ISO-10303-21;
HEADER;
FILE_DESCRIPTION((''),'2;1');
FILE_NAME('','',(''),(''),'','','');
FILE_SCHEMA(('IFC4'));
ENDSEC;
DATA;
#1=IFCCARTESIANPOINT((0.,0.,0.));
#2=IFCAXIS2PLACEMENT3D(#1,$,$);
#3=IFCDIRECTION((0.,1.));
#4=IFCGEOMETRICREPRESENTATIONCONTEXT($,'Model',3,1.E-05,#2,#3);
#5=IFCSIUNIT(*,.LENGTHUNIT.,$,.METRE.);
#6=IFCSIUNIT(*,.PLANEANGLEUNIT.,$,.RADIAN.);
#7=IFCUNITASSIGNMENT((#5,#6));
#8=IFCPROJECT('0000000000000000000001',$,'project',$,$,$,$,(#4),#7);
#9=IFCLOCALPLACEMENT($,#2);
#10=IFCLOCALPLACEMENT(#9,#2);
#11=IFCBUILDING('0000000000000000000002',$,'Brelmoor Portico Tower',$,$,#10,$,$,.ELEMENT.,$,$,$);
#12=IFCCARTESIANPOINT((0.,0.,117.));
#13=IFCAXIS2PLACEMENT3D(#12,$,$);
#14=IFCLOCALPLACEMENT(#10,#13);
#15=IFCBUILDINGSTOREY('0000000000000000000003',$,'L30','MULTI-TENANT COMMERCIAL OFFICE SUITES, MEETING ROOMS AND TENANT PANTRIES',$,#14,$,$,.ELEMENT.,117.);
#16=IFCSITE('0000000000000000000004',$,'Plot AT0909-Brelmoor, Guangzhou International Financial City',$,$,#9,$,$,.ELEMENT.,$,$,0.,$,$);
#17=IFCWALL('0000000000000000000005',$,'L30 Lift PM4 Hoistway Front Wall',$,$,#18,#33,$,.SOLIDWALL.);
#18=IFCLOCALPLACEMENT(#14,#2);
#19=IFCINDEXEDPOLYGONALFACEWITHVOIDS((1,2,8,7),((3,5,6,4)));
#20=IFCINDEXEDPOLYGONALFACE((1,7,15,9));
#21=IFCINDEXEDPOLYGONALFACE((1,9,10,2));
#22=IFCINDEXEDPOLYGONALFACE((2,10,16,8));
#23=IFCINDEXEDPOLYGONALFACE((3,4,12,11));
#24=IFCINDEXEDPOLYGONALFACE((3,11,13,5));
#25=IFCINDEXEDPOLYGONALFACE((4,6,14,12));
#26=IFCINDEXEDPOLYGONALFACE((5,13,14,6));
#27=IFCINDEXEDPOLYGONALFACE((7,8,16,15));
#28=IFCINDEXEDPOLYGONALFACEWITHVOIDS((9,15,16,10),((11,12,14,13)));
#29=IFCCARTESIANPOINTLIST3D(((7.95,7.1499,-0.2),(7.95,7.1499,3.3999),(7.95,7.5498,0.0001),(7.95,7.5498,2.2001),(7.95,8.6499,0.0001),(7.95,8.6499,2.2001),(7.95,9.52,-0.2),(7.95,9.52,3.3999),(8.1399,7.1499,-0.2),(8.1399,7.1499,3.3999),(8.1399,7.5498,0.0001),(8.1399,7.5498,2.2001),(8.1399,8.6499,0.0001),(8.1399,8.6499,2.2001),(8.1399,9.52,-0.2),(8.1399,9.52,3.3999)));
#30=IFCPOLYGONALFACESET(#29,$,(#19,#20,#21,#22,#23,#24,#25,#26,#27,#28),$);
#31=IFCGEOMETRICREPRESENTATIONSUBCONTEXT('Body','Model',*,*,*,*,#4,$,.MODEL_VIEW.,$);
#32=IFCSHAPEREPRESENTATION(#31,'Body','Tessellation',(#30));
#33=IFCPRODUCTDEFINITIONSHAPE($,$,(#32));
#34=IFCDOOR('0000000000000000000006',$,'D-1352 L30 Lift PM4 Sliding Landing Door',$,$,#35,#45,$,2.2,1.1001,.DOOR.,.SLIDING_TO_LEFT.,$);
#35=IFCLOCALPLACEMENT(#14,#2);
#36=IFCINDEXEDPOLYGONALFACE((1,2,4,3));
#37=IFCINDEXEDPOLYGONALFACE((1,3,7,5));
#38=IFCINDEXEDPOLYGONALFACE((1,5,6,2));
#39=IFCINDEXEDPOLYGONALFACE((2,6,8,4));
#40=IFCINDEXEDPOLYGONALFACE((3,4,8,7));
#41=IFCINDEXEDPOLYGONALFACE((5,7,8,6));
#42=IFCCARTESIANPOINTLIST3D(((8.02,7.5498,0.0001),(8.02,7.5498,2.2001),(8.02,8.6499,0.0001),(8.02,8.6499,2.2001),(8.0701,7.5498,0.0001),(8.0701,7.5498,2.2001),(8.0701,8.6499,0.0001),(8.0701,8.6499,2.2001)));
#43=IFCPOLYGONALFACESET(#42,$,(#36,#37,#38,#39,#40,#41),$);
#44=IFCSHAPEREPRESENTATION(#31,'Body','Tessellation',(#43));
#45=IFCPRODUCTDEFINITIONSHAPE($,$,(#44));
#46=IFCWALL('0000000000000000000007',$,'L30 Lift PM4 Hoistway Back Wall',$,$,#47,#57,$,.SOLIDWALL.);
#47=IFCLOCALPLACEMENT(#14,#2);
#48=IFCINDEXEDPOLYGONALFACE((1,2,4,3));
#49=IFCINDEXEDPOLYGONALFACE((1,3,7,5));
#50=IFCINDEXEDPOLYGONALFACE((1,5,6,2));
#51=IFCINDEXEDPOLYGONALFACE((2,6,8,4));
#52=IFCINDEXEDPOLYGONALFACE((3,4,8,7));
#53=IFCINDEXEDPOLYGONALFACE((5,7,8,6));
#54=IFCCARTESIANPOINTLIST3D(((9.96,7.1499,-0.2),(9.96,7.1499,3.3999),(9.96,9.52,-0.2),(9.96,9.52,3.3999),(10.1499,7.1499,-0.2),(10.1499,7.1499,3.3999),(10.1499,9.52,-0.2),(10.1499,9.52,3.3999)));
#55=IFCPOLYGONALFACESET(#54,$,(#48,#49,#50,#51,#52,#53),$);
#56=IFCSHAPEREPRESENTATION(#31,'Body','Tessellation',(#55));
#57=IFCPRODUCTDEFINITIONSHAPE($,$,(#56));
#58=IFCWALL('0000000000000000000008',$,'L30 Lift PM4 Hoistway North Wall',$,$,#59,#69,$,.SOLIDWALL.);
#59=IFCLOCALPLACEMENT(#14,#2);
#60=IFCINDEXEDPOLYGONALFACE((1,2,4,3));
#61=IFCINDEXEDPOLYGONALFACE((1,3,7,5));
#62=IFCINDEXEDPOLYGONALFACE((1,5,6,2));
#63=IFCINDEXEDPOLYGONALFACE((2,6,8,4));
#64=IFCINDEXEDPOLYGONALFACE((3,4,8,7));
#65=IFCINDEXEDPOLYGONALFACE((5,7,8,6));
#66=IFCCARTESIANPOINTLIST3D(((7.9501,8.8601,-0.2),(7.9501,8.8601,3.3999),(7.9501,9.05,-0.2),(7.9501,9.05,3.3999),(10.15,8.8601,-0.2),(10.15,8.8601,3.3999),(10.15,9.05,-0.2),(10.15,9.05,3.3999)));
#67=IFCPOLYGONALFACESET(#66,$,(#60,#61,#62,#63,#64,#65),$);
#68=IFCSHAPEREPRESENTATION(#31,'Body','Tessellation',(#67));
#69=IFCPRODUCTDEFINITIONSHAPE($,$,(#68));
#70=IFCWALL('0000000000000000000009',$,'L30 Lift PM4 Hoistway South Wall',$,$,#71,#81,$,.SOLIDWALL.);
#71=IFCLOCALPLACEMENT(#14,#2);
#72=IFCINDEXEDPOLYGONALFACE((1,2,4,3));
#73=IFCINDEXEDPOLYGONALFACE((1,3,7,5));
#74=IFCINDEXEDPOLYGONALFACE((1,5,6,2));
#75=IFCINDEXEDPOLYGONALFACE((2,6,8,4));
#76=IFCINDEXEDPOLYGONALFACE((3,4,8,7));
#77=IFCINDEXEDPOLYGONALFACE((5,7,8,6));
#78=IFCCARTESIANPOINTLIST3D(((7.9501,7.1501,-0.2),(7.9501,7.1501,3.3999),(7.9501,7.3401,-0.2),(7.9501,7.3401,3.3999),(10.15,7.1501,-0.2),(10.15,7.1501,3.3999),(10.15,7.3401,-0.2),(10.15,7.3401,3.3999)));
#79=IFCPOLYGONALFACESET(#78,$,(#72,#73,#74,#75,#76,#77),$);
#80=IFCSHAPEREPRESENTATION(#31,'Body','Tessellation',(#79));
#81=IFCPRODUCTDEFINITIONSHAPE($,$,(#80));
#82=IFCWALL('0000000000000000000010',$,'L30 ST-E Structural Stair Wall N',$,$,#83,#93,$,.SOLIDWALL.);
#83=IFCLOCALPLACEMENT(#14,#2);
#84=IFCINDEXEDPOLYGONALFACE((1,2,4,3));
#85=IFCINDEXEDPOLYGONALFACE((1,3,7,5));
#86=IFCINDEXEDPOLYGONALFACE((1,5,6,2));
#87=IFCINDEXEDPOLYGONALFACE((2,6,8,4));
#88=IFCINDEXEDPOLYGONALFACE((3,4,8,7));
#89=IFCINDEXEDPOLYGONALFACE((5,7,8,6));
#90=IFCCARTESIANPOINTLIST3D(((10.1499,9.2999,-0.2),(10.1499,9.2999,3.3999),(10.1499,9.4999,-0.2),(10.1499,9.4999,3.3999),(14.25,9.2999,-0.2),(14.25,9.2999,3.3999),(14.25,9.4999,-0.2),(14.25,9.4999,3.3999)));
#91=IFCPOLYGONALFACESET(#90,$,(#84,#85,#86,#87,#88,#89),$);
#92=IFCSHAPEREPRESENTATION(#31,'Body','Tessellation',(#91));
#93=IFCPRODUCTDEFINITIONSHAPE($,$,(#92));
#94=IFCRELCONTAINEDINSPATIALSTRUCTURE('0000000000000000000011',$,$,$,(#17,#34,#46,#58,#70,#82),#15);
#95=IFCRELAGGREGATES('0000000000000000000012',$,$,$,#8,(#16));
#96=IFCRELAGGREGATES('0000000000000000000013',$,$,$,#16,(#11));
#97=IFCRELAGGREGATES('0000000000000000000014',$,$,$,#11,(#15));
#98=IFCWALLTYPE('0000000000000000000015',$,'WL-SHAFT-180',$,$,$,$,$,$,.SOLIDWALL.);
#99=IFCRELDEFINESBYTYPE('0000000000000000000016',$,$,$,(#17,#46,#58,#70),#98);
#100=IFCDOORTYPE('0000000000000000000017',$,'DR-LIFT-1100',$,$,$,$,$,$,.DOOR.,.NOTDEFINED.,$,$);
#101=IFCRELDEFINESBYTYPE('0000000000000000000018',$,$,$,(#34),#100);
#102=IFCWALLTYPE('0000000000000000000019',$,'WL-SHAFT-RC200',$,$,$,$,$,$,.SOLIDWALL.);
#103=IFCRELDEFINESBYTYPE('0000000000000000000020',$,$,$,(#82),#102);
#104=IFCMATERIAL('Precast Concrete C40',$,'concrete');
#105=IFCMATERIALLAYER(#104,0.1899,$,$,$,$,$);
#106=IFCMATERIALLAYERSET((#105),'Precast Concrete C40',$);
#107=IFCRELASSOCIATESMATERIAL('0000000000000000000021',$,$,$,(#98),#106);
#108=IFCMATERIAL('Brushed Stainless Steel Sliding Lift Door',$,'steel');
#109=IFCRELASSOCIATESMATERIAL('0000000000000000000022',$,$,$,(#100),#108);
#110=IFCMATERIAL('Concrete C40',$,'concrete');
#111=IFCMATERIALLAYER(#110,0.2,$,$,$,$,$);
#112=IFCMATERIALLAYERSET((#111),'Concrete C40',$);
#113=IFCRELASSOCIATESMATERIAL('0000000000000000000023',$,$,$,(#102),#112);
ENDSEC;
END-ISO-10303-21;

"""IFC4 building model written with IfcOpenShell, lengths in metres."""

from ifc_helpers import new_model, si_unit, direction, frame, frame_2d, origin, place, context, subcontext, project, spatial, rectangle, extrude, material, layer, layer_set, type_object, element, fill, save


model = new_model("IFC4")

# Units and contexts
model_context = context("Model", 3, precision=1e-05, world=origin(), true_north=direction((0.0, 1.0)))
body_context = subcontext(model_context, "Body", "Model", "MODEL_VIEW")
ifc_project = project(units=[si_unit("LENGTHUNIT", "METRE"), si_unit("PLANEANGLEUNIT", "RADIAN")], contexts=[model_context])

# Site, building, storey
site_placement = place(None, origin())
site = spatial("IfcSite", under=ifc_project, at=site_placement, Name="Plot AT0909-Brelmoor, Guangzhou International Financial City", CompositionType="ELEMENT", RefElevation=0.0)
building_placement = place(site_placement, origin())
building = spatial("IfcBuilding", under=site, at=building_placement, Name="Brelmoor Portico Tower", CompositionType="ELEMENT")
storey_placement = place(building_placement, frame((0.0, 0.0, 117.0)))
storey = spatial("IfcBuildingStorey", under=building, at=storey_placement, Name="L30", Description="MULTI-TENANT COMMERCIAL OFFICE SUITES, MEETING ROOMS AND TENANT PANTRIES", CompositionType="ELEMENT", Elevation=117.0)

# Shared definitions
ifc_material_1 = material(Name="Precast Concrete C40", Category="concrete")
ifc_layer_1 = layer(ifc_material_1, 0.1899)
ifc_layer_set_1 = layer_set([ifc_layer_1], Name="Precast Concrete C40")
wall_type_1 = type_object("IfcWallType", Name="WL-SHAFT-180", PredefinedType="SOLIDWALL", material=ifc_layer_set_1)

# Wall, opening, door
wall_1_placement = place(storey_placement, frame((8.0449, 7.1499, -0.2), z_axis=(0.0, 0.0, 1.0), x_axis=(0.0, 1.0, 0.0)))
wall_1 = element("IfcWall", 1, at=wall_1_placement, inside=storey, type_object=wall_type_1, Name="L30 Lift PM4 Hoistway Front Wall", PredefinedType="SOLIDWALL", context=body_context, shape_type="SweptSolid", body=[
    extrude(rectangle(XDim=2.3701, YDim=0.1899, at=frame_2d((1.1851, 0.0))), origin(), (0.0, 0.0, 1.0), 3.5999),
])
opening_1_placement = place(wall_1_placement, frame((0.3999, 0.0, 0.2)))
opening_1 = element("IfcOpeningElement", 2, at=opening_1_placement, cuts=wall_1, PredefinedType="OPENING", context=body_context, shape_type="SweptSolid", body=[
    extrude(rectangle(XDim=1.1001, YDim=2.2, at=frame_2d((0.55, 1.1001))), frame((0.0, 0.105, 0.0), z_axis=(0.0, -1.0, 0.0), x_axis=(1.0, 0.0, 0.0)), (0.0, 0.0, 1.0), 0.21),
])
ifc_material_2 = material(Name="Brushed Stainless Steel Sliding Lift Door", Category="steel")
door_type_1 = type_object("IfcDoorType", Name="DR-LIFT-1100", OperationType="NOTDEFINED", PredefinedType="DOOR", material=ifc_material_2)
door_1_placement = place(opening_1_placement, origin())
door_1 = element("IfcDoor", 3, at=door_1_placement, inside=storey, type_object=door_type_1, Name="D-1352 L30 Lift PM4 Sliding Landing Door", OperationType="SLIDING_TO_LEFT", OverallHeight=2.2, OverallWidth=1.1001, PredefinedType="DOOR", context=body_context, shape_type="SweptSolid", body=[
    extrude(rectangle(XDim=1.1001, YDim=2.2, at=frame_2d((0.55, 1.1001))), frame((0.0, 0.0249, 0.0), z_axis=(0.0, -1.0, 0.0), x_axis=(1.0, 0.0, 0.0)), (0.0, 0.0, 1.0), 0.05),
])
fill(opening_1, door_1)

# Walls
wall_2_placement = place(storey_placement, frame((10.0549, 7.1499, -0.2), z_axis=(0.0, 0.0, 1.0), x_axis=(0.0, 1.0, 0.0)))
element("IfcWall", 4, at=wall_2_placement, inside=storey, type_object=wall_type_1, Name="L30 Lift PM4 Hoistway Back Wall", PredefinedType="SOLIDWALL", context=body_context, shape_type="SweptSolid", body=[
    extrude(rectangle(XDim=2.3701, YDim=0.1899, at=frame_2d((1.1851, 0.0))), origin(), (0.0, 0.0, 1.0), 3.5999),
])
for number, where, z_axis, x_axis, name in (
    (5, (7.95, 8.9551, -0.2), (0.0, 0.0, 1.0), (1.0, 0.0, 0.0), "L30 Lift PM4 Hoistway North Wall"),
    (6, (7.95, 7.2451, -0.2), (0.0, 0.0, 1.0), (1.0, 0.0, 0.0), "L30 Lift PM4 Hoistway South Wall"),
):
    element("IfcWall", number, at=place(storey_placement, frame(where, z_axis=z_axis, x_axis=x_axis)), inside=storey, type_object=wall_type_1, Name=name, PredefinedType="SOLIDWALL", context=body_context, shape_type="SweptSolid", body=[
        extrude(rectangle(XDim=2.2, YDim=0.1899, at=frame_2d((1.1001, 0.0))), origin(), (0.0, 0.0, 1.0), 3.5999),
    ])
ifc_material_3 = material(Name="Concrete C40", Category="concrete")
ifc_layer_2 = layer(ifc_material_3, 0.2)
ifc_layer_set_2 = layer_set([ifc_layer_2], Name="Concrete C40")
wall_type_2 = type_object("IfcWallType", Name="WL-SHAFT-RC200", PredefinedType="SOLIDWALL", material=ifc_layer_set_2)
wall_3_placement = place(storey_placement, frame((10.1499, 9.3999, -0.2), z_axis=(0.0, 0.0, 1.0), x_axis=(1.0, 0.0, 0.0)))
element("IfcWall", 7, at=wall_3_placement, inside=storey, type_object=wall_type_2, Name="L30 ST-E Structural Stair Wall N", PredefinedType="SOLIDWALL", context=body_context, shape_type="SweptSolid", body=[
    extrude(rectangle(XDim=4.1001, YDim=0.2, at=frame_2d((2.05, 0.0))), origin(), (0.0, 0.0, 1.0), 3.5999),
])

save(model, "model.ifc")
